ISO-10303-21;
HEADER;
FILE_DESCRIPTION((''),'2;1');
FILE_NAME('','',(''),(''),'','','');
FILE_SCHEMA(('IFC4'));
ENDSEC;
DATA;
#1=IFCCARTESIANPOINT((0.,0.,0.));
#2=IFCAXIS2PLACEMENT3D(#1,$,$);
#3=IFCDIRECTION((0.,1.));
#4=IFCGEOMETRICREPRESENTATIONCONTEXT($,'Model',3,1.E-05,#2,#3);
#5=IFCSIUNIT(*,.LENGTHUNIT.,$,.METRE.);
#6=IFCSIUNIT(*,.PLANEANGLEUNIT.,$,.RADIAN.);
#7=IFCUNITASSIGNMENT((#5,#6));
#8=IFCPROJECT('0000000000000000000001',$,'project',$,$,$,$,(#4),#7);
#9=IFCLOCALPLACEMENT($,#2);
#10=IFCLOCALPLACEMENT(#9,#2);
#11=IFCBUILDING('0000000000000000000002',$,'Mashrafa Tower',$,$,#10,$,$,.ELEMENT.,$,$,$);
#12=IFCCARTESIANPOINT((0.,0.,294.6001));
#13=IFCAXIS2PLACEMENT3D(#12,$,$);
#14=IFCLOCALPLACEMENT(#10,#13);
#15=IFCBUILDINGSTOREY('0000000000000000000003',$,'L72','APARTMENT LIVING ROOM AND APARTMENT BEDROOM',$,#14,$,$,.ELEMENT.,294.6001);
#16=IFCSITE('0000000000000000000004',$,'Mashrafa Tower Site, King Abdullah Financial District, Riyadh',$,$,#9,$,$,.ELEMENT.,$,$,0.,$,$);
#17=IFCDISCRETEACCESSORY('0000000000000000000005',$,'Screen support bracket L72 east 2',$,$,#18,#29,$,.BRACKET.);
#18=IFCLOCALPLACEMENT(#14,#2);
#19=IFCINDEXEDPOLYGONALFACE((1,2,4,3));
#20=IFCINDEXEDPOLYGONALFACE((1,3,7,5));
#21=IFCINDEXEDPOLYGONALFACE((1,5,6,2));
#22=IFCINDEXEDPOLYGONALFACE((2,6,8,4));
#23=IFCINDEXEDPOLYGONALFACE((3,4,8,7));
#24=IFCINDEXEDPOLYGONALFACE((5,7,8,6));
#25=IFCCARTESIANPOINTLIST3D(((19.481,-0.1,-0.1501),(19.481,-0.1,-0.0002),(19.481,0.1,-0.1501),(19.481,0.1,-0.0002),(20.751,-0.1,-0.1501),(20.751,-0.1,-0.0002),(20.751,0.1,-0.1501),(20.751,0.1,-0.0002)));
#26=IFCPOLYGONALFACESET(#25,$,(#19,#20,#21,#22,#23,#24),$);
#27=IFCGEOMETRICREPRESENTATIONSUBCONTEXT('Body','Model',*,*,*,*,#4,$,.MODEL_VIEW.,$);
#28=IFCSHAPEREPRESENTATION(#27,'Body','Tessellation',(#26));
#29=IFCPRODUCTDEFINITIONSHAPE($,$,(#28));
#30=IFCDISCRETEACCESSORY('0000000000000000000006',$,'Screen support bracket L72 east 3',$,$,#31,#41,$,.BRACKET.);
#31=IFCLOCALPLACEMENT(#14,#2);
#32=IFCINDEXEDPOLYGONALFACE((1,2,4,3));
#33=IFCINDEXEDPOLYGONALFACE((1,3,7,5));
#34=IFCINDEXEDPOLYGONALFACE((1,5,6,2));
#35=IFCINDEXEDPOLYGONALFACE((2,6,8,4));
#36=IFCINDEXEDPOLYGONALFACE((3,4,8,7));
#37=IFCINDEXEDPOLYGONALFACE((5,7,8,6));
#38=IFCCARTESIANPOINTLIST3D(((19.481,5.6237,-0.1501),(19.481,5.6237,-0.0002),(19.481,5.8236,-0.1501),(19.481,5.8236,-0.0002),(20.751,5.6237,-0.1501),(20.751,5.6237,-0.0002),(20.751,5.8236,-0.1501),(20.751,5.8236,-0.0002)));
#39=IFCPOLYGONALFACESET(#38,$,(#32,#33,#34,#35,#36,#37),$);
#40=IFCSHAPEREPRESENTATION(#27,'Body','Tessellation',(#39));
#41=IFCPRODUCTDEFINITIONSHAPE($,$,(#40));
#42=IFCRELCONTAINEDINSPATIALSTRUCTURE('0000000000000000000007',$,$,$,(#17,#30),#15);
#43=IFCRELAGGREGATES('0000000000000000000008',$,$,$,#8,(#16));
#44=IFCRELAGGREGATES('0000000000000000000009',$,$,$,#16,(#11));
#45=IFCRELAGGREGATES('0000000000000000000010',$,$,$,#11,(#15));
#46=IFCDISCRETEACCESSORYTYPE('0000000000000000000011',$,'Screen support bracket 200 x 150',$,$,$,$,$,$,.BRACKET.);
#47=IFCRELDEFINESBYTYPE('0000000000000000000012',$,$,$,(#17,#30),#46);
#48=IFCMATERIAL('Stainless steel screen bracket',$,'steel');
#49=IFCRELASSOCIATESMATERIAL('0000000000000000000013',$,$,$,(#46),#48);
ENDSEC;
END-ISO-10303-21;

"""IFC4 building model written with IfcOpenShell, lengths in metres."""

from ifc_helpers import new_model, si_unit, direction, frame, origin, origin_2d, place, context, subcontext, project, spatial, rectangle, extrude, source, transform, mapped, material, type_object, type_shapes, element, save


model = new_model("IFC4")

# Units and contexts
model_context = context("Model", 3, precision=1e-05, world=origin(), true_north=direction((0.0, 1.0)))
body_context = subcontext(model_context, "Body", "Model", "MODEL_VIEW")
ifc_project = project(units=[si_unit("LENGTHUNIT", "METRE"), si_unit("PLANEANGLEUNIT", "RADIAN")], contexts=[model_context])

# Site, building, storey
site_placement = place(None, origin())
site = spatial("IfcSite", under=ifc_project, at=site_placement, Name="Mashrafa Tower Site, King Abdullah Financial District, Riyadh", CompositionType="ELEMENT", RefElevation=0.0)
building_placement = place(site_placement, origin())
building = spatial("IfcBuilding", under=site, at=building_placement, Name="Mashrafa Tower", CompositionType="ELEMENT")
storey_placement = place(building_placement, frame((0.0, 0.0, 294.6001)))
storey = spatial("IfcBuildingStorey", under=building, at=storey_placement, Name="L72", Description="APARTMENT LIVING ROOM AND APARTMENT BEDROOM", CompositionType="ELEMENT", Elevation=294.6001)

# Discrete accessories
ifc_material_1 = material(Name="Stainless steel screen bracket", Category="steel")
discrete_accessory_type = type_object("IfcDiscreteAccessoryType", Name="Screen support bracket 200 x 150", PredefinedType="BRACKET", material=ifc_material_1)
shared_shape_1 = source(origin(), body_context, "Body", "SweptSolid", [
    extrude(rectangle(XDim=0.2, YDim=1.27, at=origin_2d()), origin(), (0.0, 0.0, 1.0), 0.1499),
])
type_shapes(discrete_accessory_type, [shared_shape_1])
for number, where, z_axis, x_axis, name in (
    (1, (20.116, 0.0, -0.1501), (0.0, 0.0, 1.0), (0.0, 1.0, 0.0), "Screen support bracket L72 east 2"),
    (2, (20.116, 5.7236, -0.1501), (0.0, 0.0, 1.0), (0.0, 1.0, 0.0), "Screen support bracket L72 east 3"),
):
    element("IfcDiscreteAccessory", number, at=place(storey_placement, frame(where, z_axis=z_axis, x_axis=x_axis)), inside=storey, type_object=discrete_accessory_type, Name=name, PredefinedType="BRACKET", context=body_context, shape_type="MappedRepresentation", body=[
        mapped(shared_shape_1, transform((0.0, 0.0, 0.0))),
    ])

save(model, "model.ifc")
